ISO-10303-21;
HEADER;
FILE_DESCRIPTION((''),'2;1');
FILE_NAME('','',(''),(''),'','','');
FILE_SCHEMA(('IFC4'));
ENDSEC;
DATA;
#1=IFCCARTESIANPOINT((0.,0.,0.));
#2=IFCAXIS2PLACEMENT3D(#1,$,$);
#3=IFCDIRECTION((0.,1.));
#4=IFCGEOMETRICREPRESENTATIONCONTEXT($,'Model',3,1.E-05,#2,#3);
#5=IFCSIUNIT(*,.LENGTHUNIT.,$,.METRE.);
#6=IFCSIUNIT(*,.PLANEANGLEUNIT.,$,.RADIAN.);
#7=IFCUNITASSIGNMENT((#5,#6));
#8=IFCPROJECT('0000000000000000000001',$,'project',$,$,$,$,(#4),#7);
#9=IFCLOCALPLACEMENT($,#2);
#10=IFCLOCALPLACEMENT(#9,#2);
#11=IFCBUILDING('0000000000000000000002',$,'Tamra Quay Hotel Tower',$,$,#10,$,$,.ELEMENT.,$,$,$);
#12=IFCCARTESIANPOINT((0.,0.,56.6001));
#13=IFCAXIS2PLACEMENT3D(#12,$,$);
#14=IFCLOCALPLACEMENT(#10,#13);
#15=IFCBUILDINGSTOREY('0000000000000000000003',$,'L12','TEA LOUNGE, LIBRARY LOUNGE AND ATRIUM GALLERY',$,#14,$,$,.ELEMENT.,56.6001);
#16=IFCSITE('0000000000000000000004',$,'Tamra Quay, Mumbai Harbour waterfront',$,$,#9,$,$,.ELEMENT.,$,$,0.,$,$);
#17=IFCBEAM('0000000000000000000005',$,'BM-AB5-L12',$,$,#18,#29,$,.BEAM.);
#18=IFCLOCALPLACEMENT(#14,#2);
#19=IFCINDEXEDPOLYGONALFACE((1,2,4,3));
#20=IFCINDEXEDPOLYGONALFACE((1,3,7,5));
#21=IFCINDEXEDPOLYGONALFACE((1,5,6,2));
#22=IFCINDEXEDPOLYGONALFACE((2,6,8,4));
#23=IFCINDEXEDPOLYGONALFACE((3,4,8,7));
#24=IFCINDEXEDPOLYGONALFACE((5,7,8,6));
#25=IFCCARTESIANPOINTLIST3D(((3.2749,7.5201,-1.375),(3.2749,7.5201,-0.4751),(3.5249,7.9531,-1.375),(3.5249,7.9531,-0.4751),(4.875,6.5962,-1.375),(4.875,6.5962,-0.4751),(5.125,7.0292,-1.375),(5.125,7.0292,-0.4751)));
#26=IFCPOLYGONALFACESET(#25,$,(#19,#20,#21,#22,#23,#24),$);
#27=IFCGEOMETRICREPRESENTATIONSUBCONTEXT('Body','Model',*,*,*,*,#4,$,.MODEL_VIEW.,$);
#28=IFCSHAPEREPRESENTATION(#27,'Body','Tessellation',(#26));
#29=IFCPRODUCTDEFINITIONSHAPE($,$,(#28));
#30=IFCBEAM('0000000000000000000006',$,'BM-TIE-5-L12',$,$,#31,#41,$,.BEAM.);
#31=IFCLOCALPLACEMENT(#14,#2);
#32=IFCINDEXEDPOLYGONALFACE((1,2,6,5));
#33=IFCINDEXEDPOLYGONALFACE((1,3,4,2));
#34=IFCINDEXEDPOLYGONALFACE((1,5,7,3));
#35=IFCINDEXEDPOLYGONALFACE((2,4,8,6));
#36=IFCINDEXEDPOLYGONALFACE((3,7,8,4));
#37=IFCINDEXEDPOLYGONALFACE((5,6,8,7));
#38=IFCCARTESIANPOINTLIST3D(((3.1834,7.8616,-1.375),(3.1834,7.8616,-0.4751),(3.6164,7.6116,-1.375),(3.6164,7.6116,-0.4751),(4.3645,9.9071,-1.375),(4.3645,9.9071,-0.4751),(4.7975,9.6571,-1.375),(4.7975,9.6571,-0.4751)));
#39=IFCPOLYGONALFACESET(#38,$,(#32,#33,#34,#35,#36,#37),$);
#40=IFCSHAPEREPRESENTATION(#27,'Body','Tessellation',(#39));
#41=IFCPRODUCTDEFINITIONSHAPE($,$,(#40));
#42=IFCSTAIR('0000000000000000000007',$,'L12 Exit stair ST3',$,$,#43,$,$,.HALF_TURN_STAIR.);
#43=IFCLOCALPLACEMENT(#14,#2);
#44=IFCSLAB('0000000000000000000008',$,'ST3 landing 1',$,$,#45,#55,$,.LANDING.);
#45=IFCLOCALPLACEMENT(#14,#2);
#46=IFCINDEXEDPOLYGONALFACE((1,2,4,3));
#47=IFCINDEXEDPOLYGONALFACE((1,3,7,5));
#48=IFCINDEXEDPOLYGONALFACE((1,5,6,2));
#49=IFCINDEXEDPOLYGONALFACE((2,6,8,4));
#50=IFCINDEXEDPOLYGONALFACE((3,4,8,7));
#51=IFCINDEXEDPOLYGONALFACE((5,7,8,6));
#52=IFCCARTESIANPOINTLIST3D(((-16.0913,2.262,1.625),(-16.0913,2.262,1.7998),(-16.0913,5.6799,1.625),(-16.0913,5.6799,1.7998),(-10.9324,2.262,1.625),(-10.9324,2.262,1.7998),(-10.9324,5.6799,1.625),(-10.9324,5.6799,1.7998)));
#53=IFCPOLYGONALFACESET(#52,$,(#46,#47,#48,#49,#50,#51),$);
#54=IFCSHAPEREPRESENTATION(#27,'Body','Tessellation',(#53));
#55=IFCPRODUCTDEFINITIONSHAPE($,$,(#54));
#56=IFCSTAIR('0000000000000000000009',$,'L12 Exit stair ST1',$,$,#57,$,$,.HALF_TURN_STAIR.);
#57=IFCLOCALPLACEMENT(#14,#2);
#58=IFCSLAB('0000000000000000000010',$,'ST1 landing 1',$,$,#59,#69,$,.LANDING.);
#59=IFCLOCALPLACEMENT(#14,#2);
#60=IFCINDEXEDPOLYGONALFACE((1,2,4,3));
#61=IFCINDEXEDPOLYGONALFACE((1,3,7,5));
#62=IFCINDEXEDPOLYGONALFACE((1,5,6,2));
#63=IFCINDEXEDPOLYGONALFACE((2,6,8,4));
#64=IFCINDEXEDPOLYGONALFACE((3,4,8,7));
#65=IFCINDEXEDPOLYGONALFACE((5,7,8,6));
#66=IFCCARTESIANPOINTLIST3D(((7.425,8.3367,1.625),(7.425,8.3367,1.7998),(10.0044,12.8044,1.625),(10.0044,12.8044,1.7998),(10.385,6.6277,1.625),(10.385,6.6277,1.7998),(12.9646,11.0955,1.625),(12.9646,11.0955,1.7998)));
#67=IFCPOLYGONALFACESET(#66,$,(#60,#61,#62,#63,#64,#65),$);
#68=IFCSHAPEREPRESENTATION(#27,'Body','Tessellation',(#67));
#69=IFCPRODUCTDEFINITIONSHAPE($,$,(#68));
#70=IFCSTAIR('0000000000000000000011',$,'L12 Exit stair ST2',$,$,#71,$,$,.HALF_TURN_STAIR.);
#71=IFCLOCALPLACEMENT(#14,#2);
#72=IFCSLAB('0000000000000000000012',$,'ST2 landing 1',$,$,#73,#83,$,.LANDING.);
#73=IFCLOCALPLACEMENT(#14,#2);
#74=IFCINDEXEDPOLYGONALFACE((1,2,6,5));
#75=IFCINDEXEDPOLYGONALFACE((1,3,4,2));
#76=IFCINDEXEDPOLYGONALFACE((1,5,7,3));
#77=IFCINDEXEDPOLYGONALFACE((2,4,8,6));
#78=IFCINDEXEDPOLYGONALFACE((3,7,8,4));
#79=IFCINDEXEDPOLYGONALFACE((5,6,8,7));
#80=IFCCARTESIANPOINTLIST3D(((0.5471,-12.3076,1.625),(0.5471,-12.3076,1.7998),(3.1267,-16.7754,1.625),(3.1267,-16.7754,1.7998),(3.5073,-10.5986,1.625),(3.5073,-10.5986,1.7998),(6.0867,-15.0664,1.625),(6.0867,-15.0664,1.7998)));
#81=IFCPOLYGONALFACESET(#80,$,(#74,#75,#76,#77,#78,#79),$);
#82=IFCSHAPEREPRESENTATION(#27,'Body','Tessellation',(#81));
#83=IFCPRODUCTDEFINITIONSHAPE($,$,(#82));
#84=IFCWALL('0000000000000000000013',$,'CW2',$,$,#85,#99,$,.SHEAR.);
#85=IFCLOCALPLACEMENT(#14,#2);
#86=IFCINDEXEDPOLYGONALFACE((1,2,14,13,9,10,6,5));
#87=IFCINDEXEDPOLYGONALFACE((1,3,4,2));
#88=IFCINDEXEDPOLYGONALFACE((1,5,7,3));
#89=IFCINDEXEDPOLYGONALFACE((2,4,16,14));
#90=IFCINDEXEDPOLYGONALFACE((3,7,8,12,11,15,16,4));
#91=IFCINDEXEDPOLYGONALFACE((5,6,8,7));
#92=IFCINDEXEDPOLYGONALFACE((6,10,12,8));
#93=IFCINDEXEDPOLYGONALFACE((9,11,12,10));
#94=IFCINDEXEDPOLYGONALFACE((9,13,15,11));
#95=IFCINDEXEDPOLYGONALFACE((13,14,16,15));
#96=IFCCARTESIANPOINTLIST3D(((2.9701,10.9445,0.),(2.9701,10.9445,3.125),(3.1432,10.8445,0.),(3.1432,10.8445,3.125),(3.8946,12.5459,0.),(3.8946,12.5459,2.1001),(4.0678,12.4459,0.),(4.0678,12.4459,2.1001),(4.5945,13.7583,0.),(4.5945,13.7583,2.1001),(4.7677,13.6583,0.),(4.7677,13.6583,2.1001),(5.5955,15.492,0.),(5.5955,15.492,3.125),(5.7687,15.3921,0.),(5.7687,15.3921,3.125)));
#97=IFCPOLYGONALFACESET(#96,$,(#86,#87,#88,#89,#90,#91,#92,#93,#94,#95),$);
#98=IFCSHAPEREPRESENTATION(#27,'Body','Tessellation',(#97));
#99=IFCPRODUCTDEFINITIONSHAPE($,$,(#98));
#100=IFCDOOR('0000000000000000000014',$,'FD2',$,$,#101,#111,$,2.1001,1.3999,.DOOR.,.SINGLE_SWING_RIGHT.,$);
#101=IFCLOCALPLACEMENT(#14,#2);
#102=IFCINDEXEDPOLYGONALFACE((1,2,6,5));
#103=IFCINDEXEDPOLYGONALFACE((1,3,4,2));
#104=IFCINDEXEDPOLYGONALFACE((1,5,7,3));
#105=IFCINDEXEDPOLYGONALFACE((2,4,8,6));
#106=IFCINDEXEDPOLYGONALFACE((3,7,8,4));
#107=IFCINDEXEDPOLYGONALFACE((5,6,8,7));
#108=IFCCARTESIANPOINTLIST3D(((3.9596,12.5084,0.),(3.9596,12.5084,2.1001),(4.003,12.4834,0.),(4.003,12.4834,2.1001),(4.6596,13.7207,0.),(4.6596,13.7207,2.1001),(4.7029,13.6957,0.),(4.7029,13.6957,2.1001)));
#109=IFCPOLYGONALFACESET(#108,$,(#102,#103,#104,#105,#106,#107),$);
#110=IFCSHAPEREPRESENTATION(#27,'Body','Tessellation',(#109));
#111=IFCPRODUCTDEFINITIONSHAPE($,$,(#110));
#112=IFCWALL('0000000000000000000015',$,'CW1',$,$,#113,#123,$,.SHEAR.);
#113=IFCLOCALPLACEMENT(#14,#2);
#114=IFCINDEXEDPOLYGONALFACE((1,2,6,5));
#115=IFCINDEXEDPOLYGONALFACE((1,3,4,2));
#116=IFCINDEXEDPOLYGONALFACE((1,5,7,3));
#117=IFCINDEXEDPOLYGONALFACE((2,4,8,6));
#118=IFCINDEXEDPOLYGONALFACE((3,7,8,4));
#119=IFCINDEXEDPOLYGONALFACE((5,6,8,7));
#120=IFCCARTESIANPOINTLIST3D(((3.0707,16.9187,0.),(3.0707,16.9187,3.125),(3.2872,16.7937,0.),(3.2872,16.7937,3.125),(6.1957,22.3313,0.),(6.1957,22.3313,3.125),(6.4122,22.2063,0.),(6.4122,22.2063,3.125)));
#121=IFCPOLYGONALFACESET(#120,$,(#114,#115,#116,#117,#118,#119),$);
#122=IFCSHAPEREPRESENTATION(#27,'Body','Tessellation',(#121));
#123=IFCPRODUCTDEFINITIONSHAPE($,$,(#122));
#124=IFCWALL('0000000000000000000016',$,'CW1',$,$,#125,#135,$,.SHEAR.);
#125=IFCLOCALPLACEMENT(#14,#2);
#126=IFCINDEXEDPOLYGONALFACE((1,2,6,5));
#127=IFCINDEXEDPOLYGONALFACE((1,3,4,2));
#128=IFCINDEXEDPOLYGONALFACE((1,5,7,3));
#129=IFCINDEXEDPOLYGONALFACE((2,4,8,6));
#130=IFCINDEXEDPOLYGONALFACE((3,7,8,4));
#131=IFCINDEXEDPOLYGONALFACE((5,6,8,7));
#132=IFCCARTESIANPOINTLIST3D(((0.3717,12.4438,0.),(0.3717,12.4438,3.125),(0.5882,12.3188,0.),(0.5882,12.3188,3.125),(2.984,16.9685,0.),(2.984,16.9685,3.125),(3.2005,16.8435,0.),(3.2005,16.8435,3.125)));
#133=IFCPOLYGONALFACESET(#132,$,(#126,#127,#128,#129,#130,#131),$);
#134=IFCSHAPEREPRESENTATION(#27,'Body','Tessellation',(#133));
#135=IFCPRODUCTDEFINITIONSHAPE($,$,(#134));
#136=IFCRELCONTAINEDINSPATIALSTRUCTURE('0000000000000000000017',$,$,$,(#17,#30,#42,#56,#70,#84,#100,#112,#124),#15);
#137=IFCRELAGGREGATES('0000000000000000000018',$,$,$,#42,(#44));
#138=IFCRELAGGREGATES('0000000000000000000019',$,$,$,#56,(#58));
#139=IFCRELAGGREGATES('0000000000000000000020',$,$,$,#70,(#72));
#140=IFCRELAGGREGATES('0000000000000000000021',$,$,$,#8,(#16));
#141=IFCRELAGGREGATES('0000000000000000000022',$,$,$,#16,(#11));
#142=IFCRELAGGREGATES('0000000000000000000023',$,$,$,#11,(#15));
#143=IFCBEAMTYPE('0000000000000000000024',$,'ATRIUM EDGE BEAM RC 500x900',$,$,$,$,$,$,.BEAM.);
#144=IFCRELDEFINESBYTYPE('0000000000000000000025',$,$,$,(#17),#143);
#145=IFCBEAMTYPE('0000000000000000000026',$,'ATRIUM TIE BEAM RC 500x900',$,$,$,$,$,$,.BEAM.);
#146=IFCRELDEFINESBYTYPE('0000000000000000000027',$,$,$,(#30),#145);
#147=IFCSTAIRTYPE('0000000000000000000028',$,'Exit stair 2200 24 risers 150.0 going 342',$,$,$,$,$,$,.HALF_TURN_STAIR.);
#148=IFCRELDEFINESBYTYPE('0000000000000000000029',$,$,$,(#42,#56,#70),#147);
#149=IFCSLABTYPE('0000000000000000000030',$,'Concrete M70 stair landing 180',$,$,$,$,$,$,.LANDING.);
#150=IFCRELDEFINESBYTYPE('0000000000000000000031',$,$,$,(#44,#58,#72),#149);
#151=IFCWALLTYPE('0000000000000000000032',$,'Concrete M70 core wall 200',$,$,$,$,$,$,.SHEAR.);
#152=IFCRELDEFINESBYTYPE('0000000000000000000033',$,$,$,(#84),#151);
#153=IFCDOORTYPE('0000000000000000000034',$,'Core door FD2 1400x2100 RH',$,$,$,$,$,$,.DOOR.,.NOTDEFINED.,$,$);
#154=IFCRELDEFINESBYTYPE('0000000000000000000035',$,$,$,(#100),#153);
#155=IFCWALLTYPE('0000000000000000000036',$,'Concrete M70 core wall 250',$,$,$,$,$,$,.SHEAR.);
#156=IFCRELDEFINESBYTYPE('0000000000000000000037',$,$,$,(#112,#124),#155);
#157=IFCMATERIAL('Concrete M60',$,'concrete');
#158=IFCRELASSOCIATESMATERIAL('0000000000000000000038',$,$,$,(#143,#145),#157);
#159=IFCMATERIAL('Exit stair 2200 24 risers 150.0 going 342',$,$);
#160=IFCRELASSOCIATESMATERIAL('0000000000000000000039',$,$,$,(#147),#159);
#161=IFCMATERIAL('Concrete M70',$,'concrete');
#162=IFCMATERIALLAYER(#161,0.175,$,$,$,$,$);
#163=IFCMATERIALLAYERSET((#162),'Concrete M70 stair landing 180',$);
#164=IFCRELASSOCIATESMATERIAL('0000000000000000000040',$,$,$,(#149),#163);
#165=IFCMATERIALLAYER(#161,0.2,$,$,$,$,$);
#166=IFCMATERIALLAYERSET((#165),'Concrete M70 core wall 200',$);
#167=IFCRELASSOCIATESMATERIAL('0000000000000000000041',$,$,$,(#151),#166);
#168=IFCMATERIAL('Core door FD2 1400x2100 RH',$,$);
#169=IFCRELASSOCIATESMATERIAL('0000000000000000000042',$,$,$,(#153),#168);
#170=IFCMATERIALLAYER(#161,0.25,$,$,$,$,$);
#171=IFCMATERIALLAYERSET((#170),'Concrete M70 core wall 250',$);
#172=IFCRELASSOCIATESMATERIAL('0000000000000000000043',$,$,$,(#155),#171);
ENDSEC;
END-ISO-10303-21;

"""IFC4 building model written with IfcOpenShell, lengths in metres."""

from ifc_helpers import new_model, si_unit, direction, frame, frame_2d, origin, origin_2d, place, context, subcontext, project, spatial, polyline, rectangle, outline, extrude, material, layer, layer_set, material_profile, profile_set, type_object, element, fill, aggregate, save


model = new_model("IFC4")

# Units and contexts
model_context = context("Model", 3, precision=1e-05, world=origin(), true_north=direction((0.0, 1.0)))
body_context = subcontext(model_context, "Body", "Model", "MODEL_VIEW")
ifc_project = project(units=[si_unit("LENGTHUNIT", "METRE"), si_unit("PLANEANGLEUNIT", "RADIAN")], contexts=[model_context])

# Site, building, storey
site_placement = place(None, origin())
site = spatial("IfcSite", under=ifc_project, at=site_placement, Name="Tamra Quay, Mumbai Harbour waterfront", CompositionType="ELEMENT", RefElevation=0.0)
building_placement = place(site_placement, origin())
building = spatial("IfcBuilding", under=site, at=building_placement, Name="Tamra Quay Hotel Tower", CompositionType="ELEMENT")
storey_placement = place(building_placement, frame((0.0, 0.0, 56.6001)))
storey = spatial("IfcBuildingStorey", under=building, at=storey_placement, Name="L12", Description="TEA LOUNGE, LIBRARY LOUNGE AND ATRIUM GALLERY", CompositionType="ELEMENT", Elevation=56.6001)

# Beams
ifc_material_1 = material(Name="Concrete M60", Category="concrete")
ifc_material_profile_1 = material_profile(ifc_material_1, rectangle(XDim=0.5, YDim=0.8999, at=origin_2d()), Name="ATRIUM EDGE BEAM RC 500x900")
ifc_profile_set_1 = profile_set([ifc_material_profile_1], Name="Concrete M60")
beam_type_1 = type_object("IfcBeamType", Name="ATRIUM EDGE BEAM RC 500x900", PredefinedType="BEAM", material=ifc_profile_set_1)
beam_1_placement = place(storey_placement, frame((3.3999, 7.7366, -0.925), z_axis=(0.866023, -0.500005, 0.0), x_axis=(0.500005, 0.866023, 0.0)))
element("IfcBeam", 1, at=beam_1_placement, inside=storey, type_object=beam_type_1, Name="BM-AB5-L12", PredefinedType="BEAM", context=body_context, shape_type="SweptSolid", body=[
    extrude(rectangle(XDim=0.5, YDim=0.8999, at=origin_2d()), origin(), (0.0, 0.0, 1.0), 1.8477),
])
ifc_material_profile_2 = material_profile(ifc_material_1, rectangle(XDim=0.5, YDim=0.8999, at=origin_2d()), Name="ATRIUM TIE BEAM RC 500x900")
ifc_profile_set_2 = profile_set([ifc_material_profile_2], Name="Concrete M60")
beam_type_2 = type_object("IfcBeamType", Name="ATRIUM TIE BEAM RC 500x900", PredefinedType="BEAM", material=ifc_profile_set_2)
beam_2_placement = place(storey_placement, frame((3.3999, 7.7366, -0.925), z_axis=(0.50003, 0.866008, 0.0), x_axis=(-0.866008, 0.50003, 0.0)))
element("IfcBeam", 2, at=beam_2_placement, inside=storey, type_object=beam_type_2, Name="BM-TIE-5-L12", PredefinedType="BEAM", context=body_context, shape_type="SweptSolid", body=[
    extrude(rectangle(XDim=0.5, YDim=0.8999, at=origin_2d()), origin(), (0.0, 0.0, 1.0), 2.3621),
])

# Stairs, slabs
ifc_material_2 = material(Name="Exit stair 2200 24 risers 150.0 going 342")
stair_type = type_object("IfcStairType", Name="Exit stair 2200 24 risers 150.0 going 342", PredefinedType="HALF_TURN_STAIR", material=ifc_material_2)
stair_1_placement = place(storey_placement, origin())
stair_1 = element("IfcStair", 3, at=stair_1_placement, inside=storey, type_object=stair_type, Name="L12 Exit stair ST3", PredefinedType="HALF_TURN_STAIR")
ifc_material_3 = material(Name="Concrete M70", Category="concrete")
ifc_layer_1 = layer(ifc_material_3, 0.175)
ifc_layer_set_1 = layer_set([ifc_layer_1], Name="Concrete M70 stair landing 180")
slab_type = type_object("IfcSlabType", Name="Concrete M70 stair landing 180", PredefinedType="LANDING", material=ifc_layer_set_1)
slab_1_placement = place(storey_placement, frame((0.0, 0.0, 1.625)))
slab_1 = element("IfcSlab", 4, at=slab_1_placement, type_object=slab_type, Name="ST3 landing 1", PredefinedType="LANDING", context=body_context, shape_type="SweptSolid", body=[
    extrude(outline(polyline([(-10.9324, 2.262), (-10.9324, 5.6799), (-16.0913, 5.6799), (-16.0913, 2.262), (-10.9324, 2.262)])), origin(), (0.0, 0.0, 1.0), 0.1748),
])
aggregate(stair_1, [slab_1])
stair_2_placement = place(storey_placement, origin())
stair_2 = element("IfcStair", 5, at=stair_2_placement, inside=storey, type_object=stair_type, Name="L12 Exit stair ST1", PredefinedType="HALF_TURN_STAIR")
slab_2_placement = place(storey_placement, frame((0.0, 0.0, 1.625)))
slab_2 = element("IfcSlab", 6, at=slab_2_placement, type_object=slab_type, Name="ST1 landing 1", PredefinedType="LANDING", context=body_context, shape_type="SweptSolid", body=[
    extrude(outline(polyline([(7.425, 8.3367), (10.385, 6.6277), (12.9646, 11.0955), (10.0044, 12.8044), (7.425, 8.3367)])), origin(), (0.0, 0.0, 1.0), 0.1748),
])
aggregate(stair_2, [slab_2])
stair_3_placement = place(storey_placement, origin())
stair_3 = element("IfcStair", 7, at=stair_3_placement, inside=storey, type_object=stair_type, Name="L12 Exit stair ST2", PredefinedType="HALF_TURN_STAIR")
slab_3_placement = place(storey_placement, frame((0.0, 0.0, 1.625)))
slab_3 = element("IfcSlab", 8, at=slab_3_placement, type_object=slab_type, Name="ST2 landing 1", PredefinedType="LANDING", context=body_context, shape_type="SweptSolid", body=[
    extrude(outline(polyline([(3.5073, -10.5986), (0.5471, -12.3076), (3.1267, -16.7754), (6.0867, -15.0664), (3.5073, -10.5986)])), origin(), (0.0, 0.0, 1.0), 0.1748),
])
aggregate(stair_3, [slab_3])

# Wall, opening, door
ifc_layer_2 = layer(ifc_material_3, 0.2)
ifc_layer_set_2 = layer_set([ifc_layer_2], Name="Concrete M70 core wall 200")
wall_type_1 = type_object("IfcWallType", Name="Concrete M70 core wall 200", PredefinedType="SHEAR", material=ifc_layer_set_2)
wall_1_placement = place(storey_placement, frame((3.0566, 10.8945, 0.0), z_axis=(0.0, 0.0, 1.0), x_axis=(0.499989, 0.866032, 0.0)))
wall_1 = element("IfcWall", 9, at=wall_1_placement, inside=storey, type_object=wall_type_1, Name="CW2", PredefinedType="SHEAR", context=body_context, shape_type="SweptSolid", body=[
    extrude(rectangle(XDim=5.251, YDim=0.2, at=frame_2d((2.6255, 0.0))), origin(), (0.0, 0.0, 1.0), 3.125),
])
opening_1_placement = place(wall_1_placement, frame((1.8491, 0.0, 0.0)))
opening_1 = element("IfcOpeningElement", 10, at=opening_1_placement, cuts=wall_1, PredefinedType="OPENING", context=body_context, shape_type="SweptSolid", body=[
    extrude(rectangle(XDim=1.3999, YDim=2.1001, at=frame_2d((0.7, 1.05))), frame((0.0, 0.1099, 0.0), z_axis=(0.0, -1.0, 0.0), x_axis=(1.0, 0.0, 0.0)), (0.0, 0.0, 1.0), 0.22),
])
ifc_material_4 = material(Name="Core door FD2 1400x2100 RH")
door_type_1 = type_object("IfcDoorType", Name="Core door FD2 1400x2100 RH", OperationType="NOTDEFINED", PredefinedType="DOOR", material=ifc_material_4)
door_1_placement = place(opening_1_placement, origin())
door_1 = element("IfcDoor", 11, at=door_1_placement, inside=storey, type_object=door_type_1, Name="FD2", OperationType="SINGLE_SWING_RIGHT", OverallHeight=2.1001, OverallWidth=1.3999, PredefinedType="DOOR", context=body_context, shape_type="SweptSolid", body=[
    extrude(rectangle(XDim=1.3999, YDim=2.1001, at=frame_2d((0.7, 1.05))), frame((0.0, 0.0249, 0.0), z_axis=(0.0, -1.0, 0.0), x_axis=(1.0, 0.0, 0.0)), (0.0, 0.0, 1.0), 0.05),
])
fill(opening_1, door_1)

# Walls
ifc_layer_3 = layer(ifc_material_3, 0.25)
ifc_layer_set_3 = layer_set([ifc_layer_3], Name="Concrete M70 core wall 250")
wall_type_2 = type_object("IfcWallType", Name="Concrete M70 core wall 250", PredefinedType="SHEAR", material=ifc_layer_set_3)
wall_2_placement = place(storey_placement, frame((3.179, 16.8562, 0.0), z_axis=(0.0, 0.0, 1.0), x_axis=(0.500004, 0.866023, 0.0)))
element("IfcWall", 12, at=wall_2_placement, inside=storey, type_object=wall_type_2, Name="CW1", PredefinedType="SHEAR", context=body_context, shape_type="SweptSolid", body=[
    extrude(rectangle(XDim=6.25, YDim=0.25, at=frame_2d((3.125, 0.0))), origin(), (0.0, 0.0, 1.0), 3.125),
])
wall_3_placement = place(storey_placement, frame((0.48, 12.3813, 0.0), z_axis=(0.0, 0.0, 1.0), x_axis=(0.499999, 0.866026, 0.0)))
element("IfcWall", 13, at=wall_3_placement, inside=storey, type_object=wall_type_2, Name="CW1", PredefinedType="SHEAR", context=body_context, shape_type="SweptSolid", body=[
    extrude(rectangle(XDim=5.2246, YDim=0.25, at=frame_2d((2.6123, 0.0))), origin(), (0.0, 0.0, 1.0), 3.125),
])

save(model, "model.ifc")
